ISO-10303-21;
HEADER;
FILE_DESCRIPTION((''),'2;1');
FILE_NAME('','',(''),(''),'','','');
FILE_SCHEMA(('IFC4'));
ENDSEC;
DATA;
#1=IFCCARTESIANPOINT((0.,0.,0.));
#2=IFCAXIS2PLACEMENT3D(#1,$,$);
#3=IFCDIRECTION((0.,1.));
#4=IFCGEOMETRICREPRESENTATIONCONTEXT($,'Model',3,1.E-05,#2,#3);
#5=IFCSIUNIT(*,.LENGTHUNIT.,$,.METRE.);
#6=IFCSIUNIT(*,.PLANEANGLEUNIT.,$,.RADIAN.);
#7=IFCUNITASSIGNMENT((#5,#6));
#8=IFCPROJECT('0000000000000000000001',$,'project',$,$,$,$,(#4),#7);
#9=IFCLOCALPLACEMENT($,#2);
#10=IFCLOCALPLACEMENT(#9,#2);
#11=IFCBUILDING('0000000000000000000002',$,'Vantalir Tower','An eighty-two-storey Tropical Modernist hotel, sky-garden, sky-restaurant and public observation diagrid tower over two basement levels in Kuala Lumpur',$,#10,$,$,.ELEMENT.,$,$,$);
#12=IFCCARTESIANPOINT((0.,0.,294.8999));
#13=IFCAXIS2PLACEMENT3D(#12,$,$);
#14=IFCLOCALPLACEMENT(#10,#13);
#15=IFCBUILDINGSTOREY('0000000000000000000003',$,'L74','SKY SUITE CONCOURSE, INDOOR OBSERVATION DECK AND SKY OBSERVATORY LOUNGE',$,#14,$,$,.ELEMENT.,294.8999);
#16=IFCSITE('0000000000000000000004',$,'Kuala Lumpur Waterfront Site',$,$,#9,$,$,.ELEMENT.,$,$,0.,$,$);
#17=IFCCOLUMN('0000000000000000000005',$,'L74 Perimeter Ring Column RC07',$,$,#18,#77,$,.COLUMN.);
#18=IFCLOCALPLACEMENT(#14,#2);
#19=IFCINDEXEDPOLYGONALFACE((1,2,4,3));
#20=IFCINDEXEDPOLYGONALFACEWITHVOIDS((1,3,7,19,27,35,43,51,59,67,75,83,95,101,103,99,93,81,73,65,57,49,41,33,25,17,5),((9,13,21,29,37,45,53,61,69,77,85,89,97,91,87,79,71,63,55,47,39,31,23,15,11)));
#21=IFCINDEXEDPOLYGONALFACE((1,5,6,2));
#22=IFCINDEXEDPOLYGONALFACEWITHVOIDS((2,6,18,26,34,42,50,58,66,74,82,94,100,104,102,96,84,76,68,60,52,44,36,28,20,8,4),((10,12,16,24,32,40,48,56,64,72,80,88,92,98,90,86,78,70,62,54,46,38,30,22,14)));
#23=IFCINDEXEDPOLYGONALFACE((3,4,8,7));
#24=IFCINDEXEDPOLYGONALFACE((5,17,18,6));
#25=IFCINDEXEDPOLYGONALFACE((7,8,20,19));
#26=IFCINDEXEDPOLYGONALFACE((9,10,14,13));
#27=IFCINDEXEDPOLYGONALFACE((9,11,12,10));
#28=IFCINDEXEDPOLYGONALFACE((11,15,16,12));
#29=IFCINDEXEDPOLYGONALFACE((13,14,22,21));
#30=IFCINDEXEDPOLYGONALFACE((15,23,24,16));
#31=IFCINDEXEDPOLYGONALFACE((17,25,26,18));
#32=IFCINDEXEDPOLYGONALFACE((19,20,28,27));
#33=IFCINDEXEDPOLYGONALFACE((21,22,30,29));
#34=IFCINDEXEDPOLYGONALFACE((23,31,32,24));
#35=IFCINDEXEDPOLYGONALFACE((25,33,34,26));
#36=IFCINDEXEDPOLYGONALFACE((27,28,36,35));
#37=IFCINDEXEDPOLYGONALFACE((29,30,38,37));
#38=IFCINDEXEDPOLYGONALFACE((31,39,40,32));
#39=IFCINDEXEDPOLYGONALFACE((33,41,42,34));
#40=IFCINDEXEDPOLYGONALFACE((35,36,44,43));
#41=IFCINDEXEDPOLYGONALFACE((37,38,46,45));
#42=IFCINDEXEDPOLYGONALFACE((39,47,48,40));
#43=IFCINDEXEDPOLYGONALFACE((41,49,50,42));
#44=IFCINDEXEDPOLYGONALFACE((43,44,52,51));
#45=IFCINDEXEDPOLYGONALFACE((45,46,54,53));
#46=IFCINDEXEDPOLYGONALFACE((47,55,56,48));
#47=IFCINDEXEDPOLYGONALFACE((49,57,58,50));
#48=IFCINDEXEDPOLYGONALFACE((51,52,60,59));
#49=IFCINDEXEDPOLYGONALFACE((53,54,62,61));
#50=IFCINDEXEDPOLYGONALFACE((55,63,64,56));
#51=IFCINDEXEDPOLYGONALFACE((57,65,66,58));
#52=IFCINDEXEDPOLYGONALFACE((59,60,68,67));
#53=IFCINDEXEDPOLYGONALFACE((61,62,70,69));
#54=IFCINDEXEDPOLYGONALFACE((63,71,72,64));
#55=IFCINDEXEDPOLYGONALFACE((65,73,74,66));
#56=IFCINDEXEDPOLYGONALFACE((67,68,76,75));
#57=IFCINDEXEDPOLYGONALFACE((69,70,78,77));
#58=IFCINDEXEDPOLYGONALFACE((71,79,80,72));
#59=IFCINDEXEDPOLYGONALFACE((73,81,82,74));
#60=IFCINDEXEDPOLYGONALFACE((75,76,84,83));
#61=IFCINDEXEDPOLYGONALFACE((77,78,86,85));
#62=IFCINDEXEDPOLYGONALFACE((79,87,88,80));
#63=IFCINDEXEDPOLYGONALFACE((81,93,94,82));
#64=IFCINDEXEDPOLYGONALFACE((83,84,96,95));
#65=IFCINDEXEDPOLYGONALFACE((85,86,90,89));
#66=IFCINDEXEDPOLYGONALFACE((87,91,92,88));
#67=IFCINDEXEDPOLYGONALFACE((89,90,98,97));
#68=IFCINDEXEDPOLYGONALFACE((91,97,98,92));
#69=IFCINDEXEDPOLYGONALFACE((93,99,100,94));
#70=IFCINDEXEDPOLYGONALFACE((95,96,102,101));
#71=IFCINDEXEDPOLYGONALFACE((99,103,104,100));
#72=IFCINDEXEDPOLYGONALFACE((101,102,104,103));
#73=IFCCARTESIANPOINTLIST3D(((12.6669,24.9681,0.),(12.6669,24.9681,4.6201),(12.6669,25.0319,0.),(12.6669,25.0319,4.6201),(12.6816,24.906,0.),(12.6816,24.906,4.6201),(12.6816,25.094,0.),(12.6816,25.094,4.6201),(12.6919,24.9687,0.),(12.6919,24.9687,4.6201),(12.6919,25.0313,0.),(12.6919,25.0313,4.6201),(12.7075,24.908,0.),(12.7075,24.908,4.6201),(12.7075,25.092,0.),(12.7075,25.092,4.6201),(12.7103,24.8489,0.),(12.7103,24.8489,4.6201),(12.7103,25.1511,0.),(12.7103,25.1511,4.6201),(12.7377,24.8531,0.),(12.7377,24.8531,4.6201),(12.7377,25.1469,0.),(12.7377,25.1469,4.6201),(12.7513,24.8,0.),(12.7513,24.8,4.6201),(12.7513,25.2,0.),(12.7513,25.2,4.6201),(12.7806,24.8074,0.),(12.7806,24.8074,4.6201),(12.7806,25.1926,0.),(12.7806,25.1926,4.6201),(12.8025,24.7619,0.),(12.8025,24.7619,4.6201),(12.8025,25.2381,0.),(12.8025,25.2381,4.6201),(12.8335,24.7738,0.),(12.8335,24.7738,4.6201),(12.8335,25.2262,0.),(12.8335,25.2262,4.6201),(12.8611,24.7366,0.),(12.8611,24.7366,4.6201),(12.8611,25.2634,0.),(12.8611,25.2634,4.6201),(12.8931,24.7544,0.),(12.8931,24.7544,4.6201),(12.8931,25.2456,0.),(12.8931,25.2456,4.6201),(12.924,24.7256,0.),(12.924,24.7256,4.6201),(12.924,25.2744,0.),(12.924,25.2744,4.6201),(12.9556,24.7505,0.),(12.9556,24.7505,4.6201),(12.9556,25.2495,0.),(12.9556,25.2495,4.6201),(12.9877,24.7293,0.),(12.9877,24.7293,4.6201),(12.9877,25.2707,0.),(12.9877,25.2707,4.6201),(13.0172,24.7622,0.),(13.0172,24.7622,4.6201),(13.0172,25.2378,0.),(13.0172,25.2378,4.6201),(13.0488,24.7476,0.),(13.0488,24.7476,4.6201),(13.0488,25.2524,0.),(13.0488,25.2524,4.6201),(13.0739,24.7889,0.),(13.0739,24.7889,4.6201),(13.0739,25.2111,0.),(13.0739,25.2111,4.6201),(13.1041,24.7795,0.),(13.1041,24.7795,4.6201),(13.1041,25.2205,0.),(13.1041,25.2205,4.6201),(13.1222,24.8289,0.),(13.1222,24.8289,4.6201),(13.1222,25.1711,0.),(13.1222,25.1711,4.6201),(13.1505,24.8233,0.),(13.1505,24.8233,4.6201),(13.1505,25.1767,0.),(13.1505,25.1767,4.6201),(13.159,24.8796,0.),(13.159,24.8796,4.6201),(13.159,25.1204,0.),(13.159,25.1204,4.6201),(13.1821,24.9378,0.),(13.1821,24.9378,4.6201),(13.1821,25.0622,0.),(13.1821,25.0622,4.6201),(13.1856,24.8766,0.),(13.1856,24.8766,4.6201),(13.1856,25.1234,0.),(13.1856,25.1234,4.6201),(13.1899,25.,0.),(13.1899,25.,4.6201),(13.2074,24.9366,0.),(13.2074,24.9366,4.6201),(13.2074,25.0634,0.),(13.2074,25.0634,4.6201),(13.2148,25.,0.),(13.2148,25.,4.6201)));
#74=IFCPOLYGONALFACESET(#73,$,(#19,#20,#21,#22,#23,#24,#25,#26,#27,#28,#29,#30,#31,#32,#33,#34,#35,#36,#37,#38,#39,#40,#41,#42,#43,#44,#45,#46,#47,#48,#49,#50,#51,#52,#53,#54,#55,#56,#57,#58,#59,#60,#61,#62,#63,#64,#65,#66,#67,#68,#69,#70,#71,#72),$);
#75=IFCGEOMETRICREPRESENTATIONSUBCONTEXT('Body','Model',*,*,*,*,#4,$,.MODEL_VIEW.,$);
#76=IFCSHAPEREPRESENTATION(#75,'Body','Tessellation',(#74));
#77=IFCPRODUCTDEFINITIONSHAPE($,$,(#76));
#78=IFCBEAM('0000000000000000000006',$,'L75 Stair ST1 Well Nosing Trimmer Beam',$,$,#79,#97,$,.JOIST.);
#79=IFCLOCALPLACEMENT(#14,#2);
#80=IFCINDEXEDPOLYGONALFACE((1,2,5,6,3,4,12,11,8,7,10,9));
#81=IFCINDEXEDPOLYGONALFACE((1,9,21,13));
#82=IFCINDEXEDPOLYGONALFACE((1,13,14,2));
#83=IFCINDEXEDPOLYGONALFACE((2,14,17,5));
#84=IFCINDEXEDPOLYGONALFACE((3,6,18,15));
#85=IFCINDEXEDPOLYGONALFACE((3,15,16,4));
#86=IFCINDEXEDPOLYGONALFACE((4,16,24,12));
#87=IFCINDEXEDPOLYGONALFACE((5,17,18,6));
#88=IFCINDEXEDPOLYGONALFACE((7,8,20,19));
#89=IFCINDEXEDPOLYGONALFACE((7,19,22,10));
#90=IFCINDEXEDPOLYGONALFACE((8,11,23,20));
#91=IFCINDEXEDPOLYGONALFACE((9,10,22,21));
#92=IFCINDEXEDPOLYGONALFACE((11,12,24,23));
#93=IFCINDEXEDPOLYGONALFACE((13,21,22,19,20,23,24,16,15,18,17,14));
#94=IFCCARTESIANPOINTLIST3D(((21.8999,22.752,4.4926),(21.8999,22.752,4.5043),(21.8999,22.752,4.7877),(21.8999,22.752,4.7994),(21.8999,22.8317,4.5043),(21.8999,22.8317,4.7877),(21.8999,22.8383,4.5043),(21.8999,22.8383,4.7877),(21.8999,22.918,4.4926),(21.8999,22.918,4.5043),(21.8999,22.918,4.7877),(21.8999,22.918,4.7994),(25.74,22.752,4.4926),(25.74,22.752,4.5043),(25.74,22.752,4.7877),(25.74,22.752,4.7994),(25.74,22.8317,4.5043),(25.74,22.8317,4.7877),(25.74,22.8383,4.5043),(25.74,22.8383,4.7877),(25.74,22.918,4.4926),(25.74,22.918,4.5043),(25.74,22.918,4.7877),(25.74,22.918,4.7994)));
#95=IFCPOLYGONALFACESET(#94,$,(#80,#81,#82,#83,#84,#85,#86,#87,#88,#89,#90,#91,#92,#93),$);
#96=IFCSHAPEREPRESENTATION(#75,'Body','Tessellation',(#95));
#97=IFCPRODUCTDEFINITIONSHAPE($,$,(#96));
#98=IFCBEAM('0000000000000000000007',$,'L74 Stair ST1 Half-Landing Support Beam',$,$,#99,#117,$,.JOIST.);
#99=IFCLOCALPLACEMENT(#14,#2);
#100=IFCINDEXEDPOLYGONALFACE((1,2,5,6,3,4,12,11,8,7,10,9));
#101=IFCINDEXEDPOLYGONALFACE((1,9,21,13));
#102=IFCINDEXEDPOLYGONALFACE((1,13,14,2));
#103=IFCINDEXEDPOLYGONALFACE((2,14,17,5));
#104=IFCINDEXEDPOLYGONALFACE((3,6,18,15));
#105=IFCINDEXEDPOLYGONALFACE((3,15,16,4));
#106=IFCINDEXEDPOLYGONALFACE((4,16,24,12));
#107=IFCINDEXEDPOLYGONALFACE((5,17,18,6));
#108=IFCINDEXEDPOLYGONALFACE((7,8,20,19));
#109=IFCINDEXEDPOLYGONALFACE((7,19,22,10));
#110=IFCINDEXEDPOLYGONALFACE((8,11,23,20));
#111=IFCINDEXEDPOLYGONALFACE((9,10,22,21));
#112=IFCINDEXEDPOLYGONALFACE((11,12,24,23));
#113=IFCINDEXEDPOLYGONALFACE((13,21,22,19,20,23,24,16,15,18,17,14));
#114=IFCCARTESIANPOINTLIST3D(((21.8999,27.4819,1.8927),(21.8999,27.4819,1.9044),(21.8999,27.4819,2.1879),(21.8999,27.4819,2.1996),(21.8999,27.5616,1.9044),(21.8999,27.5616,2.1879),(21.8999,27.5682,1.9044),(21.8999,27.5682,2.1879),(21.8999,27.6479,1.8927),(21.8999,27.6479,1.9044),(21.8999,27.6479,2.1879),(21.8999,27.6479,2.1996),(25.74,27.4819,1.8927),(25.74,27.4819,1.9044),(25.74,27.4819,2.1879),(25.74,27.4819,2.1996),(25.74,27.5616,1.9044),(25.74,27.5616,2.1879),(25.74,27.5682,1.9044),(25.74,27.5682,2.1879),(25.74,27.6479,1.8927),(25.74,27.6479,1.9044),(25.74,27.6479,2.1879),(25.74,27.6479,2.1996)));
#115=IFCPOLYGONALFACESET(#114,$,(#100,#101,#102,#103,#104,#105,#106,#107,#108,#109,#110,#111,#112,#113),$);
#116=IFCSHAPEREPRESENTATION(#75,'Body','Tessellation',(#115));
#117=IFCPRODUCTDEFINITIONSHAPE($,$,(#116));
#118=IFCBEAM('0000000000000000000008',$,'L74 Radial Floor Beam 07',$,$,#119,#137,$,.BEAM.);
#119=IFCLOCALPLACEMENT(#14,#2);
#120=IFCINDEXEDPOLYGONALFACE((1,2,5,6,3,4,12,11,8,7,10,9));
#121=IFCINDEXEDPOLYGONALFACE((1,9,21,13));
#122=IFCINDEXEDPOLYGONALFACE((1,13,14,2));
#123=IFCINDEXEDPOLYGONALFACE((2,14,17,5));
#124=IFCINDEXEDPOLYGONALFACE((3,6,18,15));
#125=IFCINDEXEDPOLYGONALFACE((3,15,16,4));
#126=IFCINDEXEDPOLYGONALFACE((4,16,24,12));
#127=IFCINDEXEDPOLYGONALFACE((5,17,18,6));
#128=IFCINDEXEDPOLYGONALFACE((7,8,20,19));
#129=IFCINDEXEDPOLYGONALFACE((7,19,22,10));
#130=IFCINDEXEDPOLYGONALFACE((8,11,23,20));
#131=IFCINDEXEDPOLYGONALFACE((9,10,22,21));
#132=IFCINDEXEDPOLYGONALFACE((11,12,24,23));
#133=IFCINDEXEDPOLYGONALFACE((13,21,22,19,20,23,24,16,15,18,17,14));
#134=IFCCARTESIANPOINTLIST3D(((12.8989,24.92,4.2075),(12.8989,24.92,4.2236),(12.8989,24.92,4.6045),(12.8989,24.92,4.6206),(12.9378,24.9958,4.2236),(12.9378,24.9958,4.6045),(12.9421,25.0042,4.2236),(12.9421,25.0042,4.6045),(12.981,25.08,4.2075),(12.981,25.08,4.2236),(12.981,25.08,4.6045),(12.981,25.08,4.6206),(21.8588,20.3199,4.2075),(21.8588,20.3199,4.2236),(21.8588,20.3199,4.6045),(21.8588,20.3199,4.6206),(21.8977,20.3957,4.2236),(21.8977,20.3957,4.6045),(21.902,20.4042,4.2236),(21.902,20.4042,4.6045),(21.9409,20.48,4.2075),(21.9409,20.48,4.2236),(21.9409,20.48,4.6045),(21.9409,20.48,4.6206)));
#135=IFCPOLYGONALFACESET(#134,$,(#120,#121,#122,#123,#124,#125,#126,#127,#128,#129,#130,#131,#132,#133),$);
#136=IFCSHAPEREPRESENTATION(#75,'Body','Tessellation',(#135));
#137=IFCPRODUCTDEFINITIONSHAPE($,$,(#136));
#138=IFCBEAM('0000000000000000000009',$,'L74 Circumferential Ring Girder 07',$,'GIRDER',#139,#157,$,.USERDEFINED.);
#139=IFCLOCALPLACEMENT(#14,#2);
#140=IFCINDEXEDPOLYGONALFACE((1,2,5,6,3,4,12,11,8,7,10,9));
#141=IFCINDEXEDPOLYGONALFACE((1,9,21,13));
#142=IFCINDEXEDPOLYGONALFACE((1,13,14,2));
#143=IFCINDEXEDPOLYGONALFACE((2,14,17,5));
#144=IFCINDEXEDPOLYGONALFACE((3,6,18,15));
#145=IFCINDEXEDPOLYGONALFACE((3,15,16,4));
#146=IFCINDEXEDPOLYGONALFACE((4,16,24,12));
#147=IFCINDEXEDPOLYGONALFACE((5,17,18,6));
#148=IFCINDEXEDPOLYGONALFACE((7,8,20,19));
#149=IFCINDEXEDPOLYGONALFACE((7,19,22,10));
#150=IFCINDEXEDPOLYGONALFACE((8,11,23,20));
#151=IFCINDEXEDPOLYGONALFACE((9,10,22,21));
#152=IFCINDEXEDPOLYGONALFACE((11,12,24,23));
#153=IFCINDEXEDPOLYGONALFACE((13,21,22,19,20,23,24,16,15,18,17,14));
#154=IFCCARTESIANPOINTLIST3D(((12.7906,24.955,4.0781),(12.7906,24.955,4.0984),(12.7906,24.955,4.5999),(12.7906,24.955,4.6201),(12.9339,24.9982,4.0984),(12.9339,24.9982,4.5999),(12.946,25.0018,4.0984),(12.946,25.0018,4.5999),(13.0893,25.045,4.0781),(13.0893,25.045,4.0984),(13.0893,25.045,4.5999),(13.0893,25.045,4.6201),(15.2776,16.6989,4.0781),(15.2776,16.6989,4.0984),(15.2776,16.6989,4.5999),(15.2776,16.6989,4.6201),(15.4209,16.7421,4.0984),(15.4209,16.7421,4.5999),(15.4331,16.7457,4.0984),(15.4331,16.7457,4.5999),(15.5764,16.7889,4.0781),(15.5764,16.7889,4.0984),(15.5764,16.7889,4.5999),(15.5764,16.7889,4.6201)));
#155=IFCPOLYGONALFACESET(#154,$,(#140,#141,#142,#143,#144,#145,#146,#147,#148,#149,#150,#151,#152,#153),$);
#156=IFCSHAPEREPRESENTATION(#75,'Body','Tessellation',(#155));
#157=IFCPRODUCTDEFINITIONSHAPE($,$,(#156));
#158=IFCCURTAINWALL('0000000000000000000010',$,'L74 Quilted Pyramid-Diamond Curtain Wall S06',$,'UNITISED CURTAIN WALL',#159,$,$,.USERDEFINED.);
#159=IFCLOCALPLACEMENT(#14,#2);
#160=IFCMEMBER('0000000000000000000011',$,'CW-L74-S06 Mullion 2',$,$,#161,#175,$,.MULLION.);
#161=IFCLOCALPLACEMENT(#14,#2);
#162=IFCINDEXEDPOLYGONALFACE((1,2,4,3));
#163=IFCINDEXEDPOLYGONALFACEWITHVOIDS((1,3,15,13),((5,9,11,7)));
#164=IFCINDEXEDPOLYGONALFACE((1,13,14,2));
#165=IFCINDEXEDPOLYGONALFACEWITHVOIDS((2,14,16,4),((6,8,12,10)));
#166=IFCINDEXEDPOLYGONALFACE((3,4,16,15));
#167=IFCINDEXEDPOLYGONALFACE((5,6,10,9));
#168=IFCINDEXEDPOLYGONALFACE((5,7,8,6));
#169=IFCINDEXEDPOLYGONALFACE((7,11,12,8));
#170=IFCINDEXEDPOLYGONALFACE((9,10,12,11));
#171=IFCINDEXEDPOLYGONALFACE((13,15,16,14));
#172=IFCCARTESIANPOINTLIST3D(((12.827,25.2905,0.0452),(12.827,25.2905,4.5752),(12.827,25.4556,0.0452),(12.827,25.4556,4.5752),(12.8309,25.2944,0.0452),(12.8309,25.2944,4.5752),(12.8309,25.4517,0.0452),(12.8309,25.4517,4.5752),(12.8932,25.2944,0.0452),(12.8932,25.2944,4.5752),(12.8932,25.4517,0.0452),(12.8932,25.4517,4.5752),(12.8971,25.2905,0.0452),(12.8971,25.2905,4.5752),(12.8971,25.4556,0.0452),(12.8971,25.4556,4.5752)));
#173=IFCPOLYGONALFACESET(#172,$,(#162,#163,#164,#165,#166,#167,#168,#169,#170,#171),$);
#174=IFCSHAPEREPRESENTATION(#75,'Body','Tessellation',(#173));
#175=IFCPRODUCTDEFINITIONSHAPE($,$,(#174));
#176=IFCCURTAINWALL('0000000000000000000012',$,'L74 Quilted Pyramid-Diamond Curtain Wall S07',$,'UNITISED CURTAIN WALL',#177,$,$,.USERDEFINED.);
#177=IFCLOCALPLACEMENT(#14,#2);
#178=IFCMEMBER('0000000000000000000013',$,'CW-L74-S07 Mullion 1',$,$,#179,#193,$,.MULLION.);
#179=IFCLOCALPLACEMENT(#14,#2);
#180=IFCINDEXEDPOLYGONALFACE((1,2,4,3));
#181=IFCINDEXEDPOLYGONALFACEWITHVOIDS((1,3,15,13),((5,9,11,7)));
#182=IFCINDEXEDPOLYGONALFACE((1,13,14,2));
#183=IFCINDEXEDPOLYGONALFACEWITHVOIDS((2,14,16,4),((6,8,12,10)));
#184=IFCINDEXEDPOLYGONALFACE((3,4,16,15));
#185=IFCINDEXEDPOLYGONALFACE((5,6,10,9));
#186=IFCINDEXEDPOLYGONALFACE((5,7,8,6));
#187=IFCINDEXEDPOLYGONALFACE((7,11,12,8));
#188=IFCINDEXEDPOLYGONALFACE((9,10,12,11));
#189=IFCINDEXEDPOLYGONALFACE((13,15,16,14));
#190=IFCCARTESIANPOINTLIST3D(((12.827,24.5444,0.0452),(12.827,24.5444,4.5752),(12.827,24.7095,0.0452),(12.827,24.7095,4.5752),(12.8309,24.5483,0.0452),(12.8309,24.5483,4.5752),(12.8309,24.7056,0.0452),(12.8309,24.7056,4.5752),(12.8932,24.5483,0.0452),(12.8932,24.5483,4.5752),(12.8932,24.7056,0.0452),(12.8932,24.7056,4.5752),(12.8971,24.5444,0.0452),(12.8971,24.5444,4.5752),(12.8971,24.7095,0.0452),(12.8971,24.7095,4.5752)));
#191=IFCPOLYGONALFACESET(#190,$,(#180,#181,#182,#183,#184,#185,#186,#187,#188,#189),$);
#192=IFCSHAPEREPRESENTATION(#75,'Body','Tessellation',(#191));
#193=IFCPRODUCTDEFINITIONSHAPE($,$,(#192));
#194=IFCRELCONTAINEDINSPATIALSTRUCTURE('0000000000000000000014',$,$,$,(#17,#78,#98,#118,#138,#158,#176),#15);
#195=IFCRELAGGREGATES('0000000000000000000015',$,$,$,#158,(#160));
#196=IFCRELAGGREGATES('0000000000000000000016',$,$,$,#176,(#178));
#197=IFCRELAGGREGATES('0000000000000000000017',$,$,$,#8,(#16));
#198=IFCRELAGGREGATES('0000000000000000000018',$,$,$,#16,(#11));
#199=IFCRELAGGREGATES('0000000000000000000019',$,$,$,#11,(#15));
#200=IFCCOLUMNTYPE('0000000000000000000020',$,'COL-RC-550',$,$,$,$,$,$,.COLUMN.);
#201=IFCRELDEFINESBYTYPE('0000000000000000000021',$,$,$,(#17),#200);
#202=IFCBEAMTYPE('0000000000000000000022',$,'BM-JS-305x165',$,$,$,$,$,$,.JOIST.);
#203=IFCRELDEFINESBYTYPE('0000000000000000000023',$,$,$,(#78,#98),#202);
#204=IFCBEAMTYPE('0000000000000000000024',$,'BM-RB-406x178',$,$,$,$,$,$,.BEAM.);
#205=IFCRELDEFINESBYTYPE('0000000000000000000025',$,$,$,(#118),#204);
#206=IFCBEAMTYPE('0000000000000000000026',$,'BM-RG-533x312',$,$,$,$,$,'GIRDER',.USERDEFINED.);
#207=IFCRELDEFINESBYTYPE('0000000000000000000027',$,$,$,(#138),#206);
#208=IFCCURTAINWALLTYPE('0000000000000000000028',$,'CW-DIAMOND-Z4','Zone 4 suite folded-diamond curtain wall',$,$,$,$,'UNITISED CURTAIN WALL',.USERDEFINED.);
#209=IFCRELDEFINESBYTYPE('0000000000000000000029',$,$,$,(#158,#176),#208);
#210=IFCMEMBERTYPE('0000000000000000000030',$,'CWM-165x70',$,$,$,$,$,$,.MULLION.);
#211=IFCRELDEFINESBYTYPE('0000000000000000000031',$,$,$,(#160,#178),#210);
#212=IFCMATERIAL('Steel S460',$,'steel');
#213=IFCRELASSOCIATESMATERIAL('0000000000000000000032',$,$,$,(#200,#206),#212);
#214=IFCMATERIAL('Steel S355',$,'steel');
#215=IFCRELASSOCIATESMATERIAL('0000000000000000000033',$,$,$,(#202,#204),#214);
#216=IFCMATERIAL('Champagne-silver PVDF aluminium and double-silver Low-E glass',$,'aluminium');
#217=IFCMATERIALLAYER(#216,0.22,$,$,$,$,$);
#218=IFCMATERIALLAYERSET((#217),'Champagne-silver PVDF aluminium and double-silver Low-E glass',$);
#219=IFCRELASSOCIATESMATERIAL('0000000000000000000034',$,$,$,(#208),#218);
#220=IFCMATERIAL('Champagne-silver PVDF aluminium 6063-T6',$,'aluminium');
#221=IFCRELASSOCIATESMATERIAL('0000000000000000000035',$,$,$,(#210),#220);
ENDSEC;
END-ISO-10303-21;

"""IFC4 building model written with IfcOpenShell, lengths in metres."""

from ifc_helpers import new_model, si_unit, direction, frame, origin, origin_2d, place, context, subcontext, project, spatial, hollow_rectangle, hollow_circle, i_section, extrude, material, layer, layer_set, material_profile, profile_set, type_object, element, aggregate, save


model = new_model("IFC4")

# Units and contexts
model_context = context("Model", 3, precision=1e-05, world=origin(), true_north=direction((0.0, 1.0)))
body_context = subcontext(model_context, "Body", "Model", "MODEL_VIEW")
ifc_project = project(units=[si_unit("LENGTHUNIT", "METRE"), si_unit("PLANEANGLEUNIT", "RADIAN")], contexts=[model_context])

# Site, building, storey
site_placement = place(None, origin())
site = spatial("IfcSite", under=ifc_project, at=site_placement, Name="Kuala Lumpur Waterfront Site", CompositionType="ELEMENT", RefElevation=0.0)
building_placement = place(site_placement, origin())
building = spatial("IfcBuilding", under=site, at=building_placement, Name="Vantalir Tower", Description="An eighty-two-storey Tropical Modernist hotel, sky-garden, sky-restaurant and public observation diagrid tower over two basement levels in Kuala Lumpur", CompositionType="ELEMENT")
storey_placement = place(building_placement, frame((0.0, 0.0, 294.8999)))
storey = spatial("IfcBuildingStorey", under=building, at=storey_placement, Name="L74", Description="SKY SUITE CONCOURSE, INDOOR OBSERVATION DECK AND SKY OBSERVATORY LOUNGE", CompositionType="ELEMENT", Elevation=294.8999)

# Column
ifc_material_1 = material(Name="Steel S460", Category="steel")
ifc_material_profile_1 = material_profile(ifc_material_1, hollow_circle(Radius=0.2749, WallThickness=0.0249, at=origin_2d()), Name="Steel S460")
ifc_profile_set_1 = profile_set([ifc_material_profile_1], Name="Steel S460")
column_type = type_object("IfcColumnType", Name="COL-RC-550", PredefinedType="COLUMN", material=ifc_profile_set_1)
column_placement = place(storey_placement, frame((12.9399, 25.0, 0.0), z_axis=(0.0, 0.0, 1.0), x_axis=(1.0, 0.0, 0.0)))
element("IfcColumn", 1, at=column_placement, inside=storey, type_object=column_type, Name="L74 Perimeter Ring Column RC07", PredefinedType="COLUMN", context=body_context, shape_type="SweptSolid", body=[
    extrude(hollow_circle(Radius=0.2749, WallThickness=0.0249, at=origin_2d()), origin(), (0.0, 0.0, 1.0), 4.6201),
])

# Beams
ifc_material_2 = material(Name="Steel S355", Category="steel")
ifc_material_profile_2 = material_profile(ifc_material_2, i_section(OverallWidth=0.166, OverallDepth=0.3069, WebThickness=0.0066, FlangeThickness=0.0117, at=origin_2d()), Name="Steel S355")
ifc_profile_set_2 = profile_set([ifc_material_profile_2], Name="Steel S355")
beam_type_1 = type_object("IfcBeamType", Name="BM-JS-305x165", PredefinedType="JOIST", material=ifc_profile_set_2)
for number, where, z_axis, x_axis, name in (
    (2, (21.8999, 22.835, 4.646), (1.0, 0.0, 0.0), (0.0, 1.0, 0.0), "L75 Stair ST1 Well Nosing Trimmer Beam"),
    (3, (21.8999, 27.5649, 2.0461), (1.0, 0.0, 0.0), (0.0, 1.0, 0.0), "L74 Stair ST1 Half-Landing Support Beam"),
):
    element("IfcBeam", number, at=place(storey_placement, frame(where, z_axis=z_axis, x_axis=x_axis)), inside=storey, type_object=beam_type_1, Name=name, PredefinedType="JOIST", context=body_context, shape_type="SweptSolid", body=[
        extrude(i_section(OverallWidth=0.166, OverallDepth=0.3069, WebThickness=0.0066, FlangeThickness=0.0117, at=origin_2d()), origin(), (0.0, 0.0, 1.0), 3.8401),
    ])
ifc_material_profile_3 = material_profile(ifc_material_2, i_section(OverallWidth=0.1799, OverallDepth=0.4131, WebThickness=0.0095, FlangeThickness=0.0161, at=origin_2d()), Name="Steel S355")
ifc_profile_set_3 = profile_set([ifc_material_profile_3], Name="Steel S355")
beam_type_2 = type_object("IfcBeamType", Name="BM-RB-406x178", PredefinedType="BEAM", material=ifc_profile_set_3)
beam_1_placement = place(storey_placement, frame((12.9399, 25.0, 4.4141), z_axis=(0.889606, -0.456729, 0.0), x_axis=(0.456729, 0.889606, 0.0)))
element("IfcBeam", 4, at=beam_1_placement, inside=storey, type_object=beam_type_2, Name="L74 Radial Floor Beam 07", PredefinedType="BEAM", context=body_context, shape_type="SweptSolid", body=[
    extrude(i_section(OverallWidth=0.1799, OverallDepth=0.4131, WebThickness=0.0095, FlangeThickness=0.0161, at=origin_2d()), origin(), (0.0, 0.0, 1.0), 10.0718),
])
ifc_material_profile_4 = material_profile(ifc_material_1, i_section(OverallWidth=0.312, OverallDepth=0.542, WebThickness=0.0127, FlangeThickness=0.0203, at=origin_2d()), Name="Steel S460")
ifc_profile_set_4 = profile_set([ifc_material_profile_4], Name="Steel S460")
beam_type_3 = type_object("IfcBeamType", Name="BM-RG-533x312", ElementType="GIRDER", PredefinedType="USERDEFINED", material=ifc_profile_set_4)
beam_2_placement = place(storey_placement, frame((12.9399, 25.0, 4.3491), z_axis=(0.288436, -0.957499, 0.0), x_axis=(0.957499, 0.288436, 0.0)))
element("IfcBeam", 5, at=beam_2_placement, inside=storey, type_object=beam_type_3, Name="L74 Circumferential Ring Girder 07", ObjectType="GIRDER", PredefinedType="USERDEFINED", context=body_context, shape_type="SweptSolid", body=[
    extrude(i_section(OverallWidth=0.312, OverallDepth=0.542, WebThickness=0.0127, FlangeThickness=0.0203, at=origin_2d()), origin(), (0.0, 0.0, 1.0), 8.6226),
])

# Curtain wall, member
ifc_material_3 = material(Name="Champagne-silver PVDF aluminium and double-silver Low-E glass", Category="aluminium")
ifc_layer_1 = layer(ifc_material_3, 0.22)
ifc_layer_set_1 = layer_set([ifc_layer_1], Name="Champagne-silver PVDF aluminium and double-silver Low-E glass")
curtain_wall_type = type_object("IfcCurtainWallType", Name="CW-DIAMOND-Z4", Description="Zone 4 suite folded-diamond curtain wall", ElementType="UNITISED CURTAIN WALL", PredefinedType="USERDEFINED", material=ifc_layer_set_1)
curtain_wall_1_placement = place(storey_placement, origin())
curtain_wall_1 = element("IfcCurtainWall", 6, at=curtain_wall_1_placement, inside=storey, type_object=curtain_wall_type, Name="L74 Quilted Pyramid-Diamond Curtain Wall S06", ObjectType="UNITISED CURTAIN WALL", PredefinedType="USERDEFINED")
ifc_material_4 = material(Name="Champagne-silver PVDF aluminium 6063-T6", Category="aluminium")
ifc_material_profile_5 = material_profile(ifc_material_4, hollow_rectangle(XDim=0.0701, YDim=0.165, WallThickness=0.0039, at=origin_2d()), Name="Champagne-silver PVDF aluminium 6063-T6")
ifc_profile_set_5 = profile_set([ifc_material_profile_5], Name="Champagne-silver PVDF aluminium 6063-T6")
member_type_1 = type_object("IfcMemberType", Name="CWM-165x70", PredefinedType="MULLION", material=ifc_profile_set_5)
member_1_placement = place(storey_placement, frame((12.8621, 25.373, 0.0452), z_axis=(0.0, 0.0, 1.0), x_axis=(1.0, 0.0, 0.0)))
member_1 = element("IfcMember", 7, at=member_1_placement, type_object=member_type_1, Name="CW-L74-S06 Mullion 2", PredefinedType="MULLION", context=body_context, shape_type="SweptSolid", body=[
    extrude(hollow_rectangle(XDim=0.0701, YDim=0.165, WallThickness=0.0039, at=origin_2d()), origin(), (0.0, 0.0, 1.0), 4.53),
])

# Curtain wall, member
curtain_wall_2_placement = place(storey_placement, origin())
curtain_wall_2 = element("IfcCurtainWall", 8, at=curtain_wall_2_placement, inside=storey, type_object=curtain_wall_type, Name="L74 Quilted Pyramid-Diamond Curtain Wall S07", ObjectType="UNITISED CURTAIN WALL", PredefinedType="USERDEFINED")
member_2_placement = place(storey_placement, frame((12.8621, 24.627, 0.0452), z_axis=(0.0, 0.0, 1.0), x_axis=(1.0, 0.0, 0.0)))
member_2 = element("IfcMember", 9, at=member_2_placement, type_object=member_type_1, Name="CW-L74-S07 Mullion 1", PredefinedType="MULLION", context=body_context, shape_type="SweptSolid", body=[
    extrude(hollow_rectangle(XDim=0.0701, YDim=0.165, WallThickness=0.0039, at=origin_2d()), origin(), (0.0, 0.0, 1.0), 4.53),
])

aggregate(curtain_wall_1, [member_1])
aggregate(curtain_wall_2, [member_2])

save(model, "model.ifc")
